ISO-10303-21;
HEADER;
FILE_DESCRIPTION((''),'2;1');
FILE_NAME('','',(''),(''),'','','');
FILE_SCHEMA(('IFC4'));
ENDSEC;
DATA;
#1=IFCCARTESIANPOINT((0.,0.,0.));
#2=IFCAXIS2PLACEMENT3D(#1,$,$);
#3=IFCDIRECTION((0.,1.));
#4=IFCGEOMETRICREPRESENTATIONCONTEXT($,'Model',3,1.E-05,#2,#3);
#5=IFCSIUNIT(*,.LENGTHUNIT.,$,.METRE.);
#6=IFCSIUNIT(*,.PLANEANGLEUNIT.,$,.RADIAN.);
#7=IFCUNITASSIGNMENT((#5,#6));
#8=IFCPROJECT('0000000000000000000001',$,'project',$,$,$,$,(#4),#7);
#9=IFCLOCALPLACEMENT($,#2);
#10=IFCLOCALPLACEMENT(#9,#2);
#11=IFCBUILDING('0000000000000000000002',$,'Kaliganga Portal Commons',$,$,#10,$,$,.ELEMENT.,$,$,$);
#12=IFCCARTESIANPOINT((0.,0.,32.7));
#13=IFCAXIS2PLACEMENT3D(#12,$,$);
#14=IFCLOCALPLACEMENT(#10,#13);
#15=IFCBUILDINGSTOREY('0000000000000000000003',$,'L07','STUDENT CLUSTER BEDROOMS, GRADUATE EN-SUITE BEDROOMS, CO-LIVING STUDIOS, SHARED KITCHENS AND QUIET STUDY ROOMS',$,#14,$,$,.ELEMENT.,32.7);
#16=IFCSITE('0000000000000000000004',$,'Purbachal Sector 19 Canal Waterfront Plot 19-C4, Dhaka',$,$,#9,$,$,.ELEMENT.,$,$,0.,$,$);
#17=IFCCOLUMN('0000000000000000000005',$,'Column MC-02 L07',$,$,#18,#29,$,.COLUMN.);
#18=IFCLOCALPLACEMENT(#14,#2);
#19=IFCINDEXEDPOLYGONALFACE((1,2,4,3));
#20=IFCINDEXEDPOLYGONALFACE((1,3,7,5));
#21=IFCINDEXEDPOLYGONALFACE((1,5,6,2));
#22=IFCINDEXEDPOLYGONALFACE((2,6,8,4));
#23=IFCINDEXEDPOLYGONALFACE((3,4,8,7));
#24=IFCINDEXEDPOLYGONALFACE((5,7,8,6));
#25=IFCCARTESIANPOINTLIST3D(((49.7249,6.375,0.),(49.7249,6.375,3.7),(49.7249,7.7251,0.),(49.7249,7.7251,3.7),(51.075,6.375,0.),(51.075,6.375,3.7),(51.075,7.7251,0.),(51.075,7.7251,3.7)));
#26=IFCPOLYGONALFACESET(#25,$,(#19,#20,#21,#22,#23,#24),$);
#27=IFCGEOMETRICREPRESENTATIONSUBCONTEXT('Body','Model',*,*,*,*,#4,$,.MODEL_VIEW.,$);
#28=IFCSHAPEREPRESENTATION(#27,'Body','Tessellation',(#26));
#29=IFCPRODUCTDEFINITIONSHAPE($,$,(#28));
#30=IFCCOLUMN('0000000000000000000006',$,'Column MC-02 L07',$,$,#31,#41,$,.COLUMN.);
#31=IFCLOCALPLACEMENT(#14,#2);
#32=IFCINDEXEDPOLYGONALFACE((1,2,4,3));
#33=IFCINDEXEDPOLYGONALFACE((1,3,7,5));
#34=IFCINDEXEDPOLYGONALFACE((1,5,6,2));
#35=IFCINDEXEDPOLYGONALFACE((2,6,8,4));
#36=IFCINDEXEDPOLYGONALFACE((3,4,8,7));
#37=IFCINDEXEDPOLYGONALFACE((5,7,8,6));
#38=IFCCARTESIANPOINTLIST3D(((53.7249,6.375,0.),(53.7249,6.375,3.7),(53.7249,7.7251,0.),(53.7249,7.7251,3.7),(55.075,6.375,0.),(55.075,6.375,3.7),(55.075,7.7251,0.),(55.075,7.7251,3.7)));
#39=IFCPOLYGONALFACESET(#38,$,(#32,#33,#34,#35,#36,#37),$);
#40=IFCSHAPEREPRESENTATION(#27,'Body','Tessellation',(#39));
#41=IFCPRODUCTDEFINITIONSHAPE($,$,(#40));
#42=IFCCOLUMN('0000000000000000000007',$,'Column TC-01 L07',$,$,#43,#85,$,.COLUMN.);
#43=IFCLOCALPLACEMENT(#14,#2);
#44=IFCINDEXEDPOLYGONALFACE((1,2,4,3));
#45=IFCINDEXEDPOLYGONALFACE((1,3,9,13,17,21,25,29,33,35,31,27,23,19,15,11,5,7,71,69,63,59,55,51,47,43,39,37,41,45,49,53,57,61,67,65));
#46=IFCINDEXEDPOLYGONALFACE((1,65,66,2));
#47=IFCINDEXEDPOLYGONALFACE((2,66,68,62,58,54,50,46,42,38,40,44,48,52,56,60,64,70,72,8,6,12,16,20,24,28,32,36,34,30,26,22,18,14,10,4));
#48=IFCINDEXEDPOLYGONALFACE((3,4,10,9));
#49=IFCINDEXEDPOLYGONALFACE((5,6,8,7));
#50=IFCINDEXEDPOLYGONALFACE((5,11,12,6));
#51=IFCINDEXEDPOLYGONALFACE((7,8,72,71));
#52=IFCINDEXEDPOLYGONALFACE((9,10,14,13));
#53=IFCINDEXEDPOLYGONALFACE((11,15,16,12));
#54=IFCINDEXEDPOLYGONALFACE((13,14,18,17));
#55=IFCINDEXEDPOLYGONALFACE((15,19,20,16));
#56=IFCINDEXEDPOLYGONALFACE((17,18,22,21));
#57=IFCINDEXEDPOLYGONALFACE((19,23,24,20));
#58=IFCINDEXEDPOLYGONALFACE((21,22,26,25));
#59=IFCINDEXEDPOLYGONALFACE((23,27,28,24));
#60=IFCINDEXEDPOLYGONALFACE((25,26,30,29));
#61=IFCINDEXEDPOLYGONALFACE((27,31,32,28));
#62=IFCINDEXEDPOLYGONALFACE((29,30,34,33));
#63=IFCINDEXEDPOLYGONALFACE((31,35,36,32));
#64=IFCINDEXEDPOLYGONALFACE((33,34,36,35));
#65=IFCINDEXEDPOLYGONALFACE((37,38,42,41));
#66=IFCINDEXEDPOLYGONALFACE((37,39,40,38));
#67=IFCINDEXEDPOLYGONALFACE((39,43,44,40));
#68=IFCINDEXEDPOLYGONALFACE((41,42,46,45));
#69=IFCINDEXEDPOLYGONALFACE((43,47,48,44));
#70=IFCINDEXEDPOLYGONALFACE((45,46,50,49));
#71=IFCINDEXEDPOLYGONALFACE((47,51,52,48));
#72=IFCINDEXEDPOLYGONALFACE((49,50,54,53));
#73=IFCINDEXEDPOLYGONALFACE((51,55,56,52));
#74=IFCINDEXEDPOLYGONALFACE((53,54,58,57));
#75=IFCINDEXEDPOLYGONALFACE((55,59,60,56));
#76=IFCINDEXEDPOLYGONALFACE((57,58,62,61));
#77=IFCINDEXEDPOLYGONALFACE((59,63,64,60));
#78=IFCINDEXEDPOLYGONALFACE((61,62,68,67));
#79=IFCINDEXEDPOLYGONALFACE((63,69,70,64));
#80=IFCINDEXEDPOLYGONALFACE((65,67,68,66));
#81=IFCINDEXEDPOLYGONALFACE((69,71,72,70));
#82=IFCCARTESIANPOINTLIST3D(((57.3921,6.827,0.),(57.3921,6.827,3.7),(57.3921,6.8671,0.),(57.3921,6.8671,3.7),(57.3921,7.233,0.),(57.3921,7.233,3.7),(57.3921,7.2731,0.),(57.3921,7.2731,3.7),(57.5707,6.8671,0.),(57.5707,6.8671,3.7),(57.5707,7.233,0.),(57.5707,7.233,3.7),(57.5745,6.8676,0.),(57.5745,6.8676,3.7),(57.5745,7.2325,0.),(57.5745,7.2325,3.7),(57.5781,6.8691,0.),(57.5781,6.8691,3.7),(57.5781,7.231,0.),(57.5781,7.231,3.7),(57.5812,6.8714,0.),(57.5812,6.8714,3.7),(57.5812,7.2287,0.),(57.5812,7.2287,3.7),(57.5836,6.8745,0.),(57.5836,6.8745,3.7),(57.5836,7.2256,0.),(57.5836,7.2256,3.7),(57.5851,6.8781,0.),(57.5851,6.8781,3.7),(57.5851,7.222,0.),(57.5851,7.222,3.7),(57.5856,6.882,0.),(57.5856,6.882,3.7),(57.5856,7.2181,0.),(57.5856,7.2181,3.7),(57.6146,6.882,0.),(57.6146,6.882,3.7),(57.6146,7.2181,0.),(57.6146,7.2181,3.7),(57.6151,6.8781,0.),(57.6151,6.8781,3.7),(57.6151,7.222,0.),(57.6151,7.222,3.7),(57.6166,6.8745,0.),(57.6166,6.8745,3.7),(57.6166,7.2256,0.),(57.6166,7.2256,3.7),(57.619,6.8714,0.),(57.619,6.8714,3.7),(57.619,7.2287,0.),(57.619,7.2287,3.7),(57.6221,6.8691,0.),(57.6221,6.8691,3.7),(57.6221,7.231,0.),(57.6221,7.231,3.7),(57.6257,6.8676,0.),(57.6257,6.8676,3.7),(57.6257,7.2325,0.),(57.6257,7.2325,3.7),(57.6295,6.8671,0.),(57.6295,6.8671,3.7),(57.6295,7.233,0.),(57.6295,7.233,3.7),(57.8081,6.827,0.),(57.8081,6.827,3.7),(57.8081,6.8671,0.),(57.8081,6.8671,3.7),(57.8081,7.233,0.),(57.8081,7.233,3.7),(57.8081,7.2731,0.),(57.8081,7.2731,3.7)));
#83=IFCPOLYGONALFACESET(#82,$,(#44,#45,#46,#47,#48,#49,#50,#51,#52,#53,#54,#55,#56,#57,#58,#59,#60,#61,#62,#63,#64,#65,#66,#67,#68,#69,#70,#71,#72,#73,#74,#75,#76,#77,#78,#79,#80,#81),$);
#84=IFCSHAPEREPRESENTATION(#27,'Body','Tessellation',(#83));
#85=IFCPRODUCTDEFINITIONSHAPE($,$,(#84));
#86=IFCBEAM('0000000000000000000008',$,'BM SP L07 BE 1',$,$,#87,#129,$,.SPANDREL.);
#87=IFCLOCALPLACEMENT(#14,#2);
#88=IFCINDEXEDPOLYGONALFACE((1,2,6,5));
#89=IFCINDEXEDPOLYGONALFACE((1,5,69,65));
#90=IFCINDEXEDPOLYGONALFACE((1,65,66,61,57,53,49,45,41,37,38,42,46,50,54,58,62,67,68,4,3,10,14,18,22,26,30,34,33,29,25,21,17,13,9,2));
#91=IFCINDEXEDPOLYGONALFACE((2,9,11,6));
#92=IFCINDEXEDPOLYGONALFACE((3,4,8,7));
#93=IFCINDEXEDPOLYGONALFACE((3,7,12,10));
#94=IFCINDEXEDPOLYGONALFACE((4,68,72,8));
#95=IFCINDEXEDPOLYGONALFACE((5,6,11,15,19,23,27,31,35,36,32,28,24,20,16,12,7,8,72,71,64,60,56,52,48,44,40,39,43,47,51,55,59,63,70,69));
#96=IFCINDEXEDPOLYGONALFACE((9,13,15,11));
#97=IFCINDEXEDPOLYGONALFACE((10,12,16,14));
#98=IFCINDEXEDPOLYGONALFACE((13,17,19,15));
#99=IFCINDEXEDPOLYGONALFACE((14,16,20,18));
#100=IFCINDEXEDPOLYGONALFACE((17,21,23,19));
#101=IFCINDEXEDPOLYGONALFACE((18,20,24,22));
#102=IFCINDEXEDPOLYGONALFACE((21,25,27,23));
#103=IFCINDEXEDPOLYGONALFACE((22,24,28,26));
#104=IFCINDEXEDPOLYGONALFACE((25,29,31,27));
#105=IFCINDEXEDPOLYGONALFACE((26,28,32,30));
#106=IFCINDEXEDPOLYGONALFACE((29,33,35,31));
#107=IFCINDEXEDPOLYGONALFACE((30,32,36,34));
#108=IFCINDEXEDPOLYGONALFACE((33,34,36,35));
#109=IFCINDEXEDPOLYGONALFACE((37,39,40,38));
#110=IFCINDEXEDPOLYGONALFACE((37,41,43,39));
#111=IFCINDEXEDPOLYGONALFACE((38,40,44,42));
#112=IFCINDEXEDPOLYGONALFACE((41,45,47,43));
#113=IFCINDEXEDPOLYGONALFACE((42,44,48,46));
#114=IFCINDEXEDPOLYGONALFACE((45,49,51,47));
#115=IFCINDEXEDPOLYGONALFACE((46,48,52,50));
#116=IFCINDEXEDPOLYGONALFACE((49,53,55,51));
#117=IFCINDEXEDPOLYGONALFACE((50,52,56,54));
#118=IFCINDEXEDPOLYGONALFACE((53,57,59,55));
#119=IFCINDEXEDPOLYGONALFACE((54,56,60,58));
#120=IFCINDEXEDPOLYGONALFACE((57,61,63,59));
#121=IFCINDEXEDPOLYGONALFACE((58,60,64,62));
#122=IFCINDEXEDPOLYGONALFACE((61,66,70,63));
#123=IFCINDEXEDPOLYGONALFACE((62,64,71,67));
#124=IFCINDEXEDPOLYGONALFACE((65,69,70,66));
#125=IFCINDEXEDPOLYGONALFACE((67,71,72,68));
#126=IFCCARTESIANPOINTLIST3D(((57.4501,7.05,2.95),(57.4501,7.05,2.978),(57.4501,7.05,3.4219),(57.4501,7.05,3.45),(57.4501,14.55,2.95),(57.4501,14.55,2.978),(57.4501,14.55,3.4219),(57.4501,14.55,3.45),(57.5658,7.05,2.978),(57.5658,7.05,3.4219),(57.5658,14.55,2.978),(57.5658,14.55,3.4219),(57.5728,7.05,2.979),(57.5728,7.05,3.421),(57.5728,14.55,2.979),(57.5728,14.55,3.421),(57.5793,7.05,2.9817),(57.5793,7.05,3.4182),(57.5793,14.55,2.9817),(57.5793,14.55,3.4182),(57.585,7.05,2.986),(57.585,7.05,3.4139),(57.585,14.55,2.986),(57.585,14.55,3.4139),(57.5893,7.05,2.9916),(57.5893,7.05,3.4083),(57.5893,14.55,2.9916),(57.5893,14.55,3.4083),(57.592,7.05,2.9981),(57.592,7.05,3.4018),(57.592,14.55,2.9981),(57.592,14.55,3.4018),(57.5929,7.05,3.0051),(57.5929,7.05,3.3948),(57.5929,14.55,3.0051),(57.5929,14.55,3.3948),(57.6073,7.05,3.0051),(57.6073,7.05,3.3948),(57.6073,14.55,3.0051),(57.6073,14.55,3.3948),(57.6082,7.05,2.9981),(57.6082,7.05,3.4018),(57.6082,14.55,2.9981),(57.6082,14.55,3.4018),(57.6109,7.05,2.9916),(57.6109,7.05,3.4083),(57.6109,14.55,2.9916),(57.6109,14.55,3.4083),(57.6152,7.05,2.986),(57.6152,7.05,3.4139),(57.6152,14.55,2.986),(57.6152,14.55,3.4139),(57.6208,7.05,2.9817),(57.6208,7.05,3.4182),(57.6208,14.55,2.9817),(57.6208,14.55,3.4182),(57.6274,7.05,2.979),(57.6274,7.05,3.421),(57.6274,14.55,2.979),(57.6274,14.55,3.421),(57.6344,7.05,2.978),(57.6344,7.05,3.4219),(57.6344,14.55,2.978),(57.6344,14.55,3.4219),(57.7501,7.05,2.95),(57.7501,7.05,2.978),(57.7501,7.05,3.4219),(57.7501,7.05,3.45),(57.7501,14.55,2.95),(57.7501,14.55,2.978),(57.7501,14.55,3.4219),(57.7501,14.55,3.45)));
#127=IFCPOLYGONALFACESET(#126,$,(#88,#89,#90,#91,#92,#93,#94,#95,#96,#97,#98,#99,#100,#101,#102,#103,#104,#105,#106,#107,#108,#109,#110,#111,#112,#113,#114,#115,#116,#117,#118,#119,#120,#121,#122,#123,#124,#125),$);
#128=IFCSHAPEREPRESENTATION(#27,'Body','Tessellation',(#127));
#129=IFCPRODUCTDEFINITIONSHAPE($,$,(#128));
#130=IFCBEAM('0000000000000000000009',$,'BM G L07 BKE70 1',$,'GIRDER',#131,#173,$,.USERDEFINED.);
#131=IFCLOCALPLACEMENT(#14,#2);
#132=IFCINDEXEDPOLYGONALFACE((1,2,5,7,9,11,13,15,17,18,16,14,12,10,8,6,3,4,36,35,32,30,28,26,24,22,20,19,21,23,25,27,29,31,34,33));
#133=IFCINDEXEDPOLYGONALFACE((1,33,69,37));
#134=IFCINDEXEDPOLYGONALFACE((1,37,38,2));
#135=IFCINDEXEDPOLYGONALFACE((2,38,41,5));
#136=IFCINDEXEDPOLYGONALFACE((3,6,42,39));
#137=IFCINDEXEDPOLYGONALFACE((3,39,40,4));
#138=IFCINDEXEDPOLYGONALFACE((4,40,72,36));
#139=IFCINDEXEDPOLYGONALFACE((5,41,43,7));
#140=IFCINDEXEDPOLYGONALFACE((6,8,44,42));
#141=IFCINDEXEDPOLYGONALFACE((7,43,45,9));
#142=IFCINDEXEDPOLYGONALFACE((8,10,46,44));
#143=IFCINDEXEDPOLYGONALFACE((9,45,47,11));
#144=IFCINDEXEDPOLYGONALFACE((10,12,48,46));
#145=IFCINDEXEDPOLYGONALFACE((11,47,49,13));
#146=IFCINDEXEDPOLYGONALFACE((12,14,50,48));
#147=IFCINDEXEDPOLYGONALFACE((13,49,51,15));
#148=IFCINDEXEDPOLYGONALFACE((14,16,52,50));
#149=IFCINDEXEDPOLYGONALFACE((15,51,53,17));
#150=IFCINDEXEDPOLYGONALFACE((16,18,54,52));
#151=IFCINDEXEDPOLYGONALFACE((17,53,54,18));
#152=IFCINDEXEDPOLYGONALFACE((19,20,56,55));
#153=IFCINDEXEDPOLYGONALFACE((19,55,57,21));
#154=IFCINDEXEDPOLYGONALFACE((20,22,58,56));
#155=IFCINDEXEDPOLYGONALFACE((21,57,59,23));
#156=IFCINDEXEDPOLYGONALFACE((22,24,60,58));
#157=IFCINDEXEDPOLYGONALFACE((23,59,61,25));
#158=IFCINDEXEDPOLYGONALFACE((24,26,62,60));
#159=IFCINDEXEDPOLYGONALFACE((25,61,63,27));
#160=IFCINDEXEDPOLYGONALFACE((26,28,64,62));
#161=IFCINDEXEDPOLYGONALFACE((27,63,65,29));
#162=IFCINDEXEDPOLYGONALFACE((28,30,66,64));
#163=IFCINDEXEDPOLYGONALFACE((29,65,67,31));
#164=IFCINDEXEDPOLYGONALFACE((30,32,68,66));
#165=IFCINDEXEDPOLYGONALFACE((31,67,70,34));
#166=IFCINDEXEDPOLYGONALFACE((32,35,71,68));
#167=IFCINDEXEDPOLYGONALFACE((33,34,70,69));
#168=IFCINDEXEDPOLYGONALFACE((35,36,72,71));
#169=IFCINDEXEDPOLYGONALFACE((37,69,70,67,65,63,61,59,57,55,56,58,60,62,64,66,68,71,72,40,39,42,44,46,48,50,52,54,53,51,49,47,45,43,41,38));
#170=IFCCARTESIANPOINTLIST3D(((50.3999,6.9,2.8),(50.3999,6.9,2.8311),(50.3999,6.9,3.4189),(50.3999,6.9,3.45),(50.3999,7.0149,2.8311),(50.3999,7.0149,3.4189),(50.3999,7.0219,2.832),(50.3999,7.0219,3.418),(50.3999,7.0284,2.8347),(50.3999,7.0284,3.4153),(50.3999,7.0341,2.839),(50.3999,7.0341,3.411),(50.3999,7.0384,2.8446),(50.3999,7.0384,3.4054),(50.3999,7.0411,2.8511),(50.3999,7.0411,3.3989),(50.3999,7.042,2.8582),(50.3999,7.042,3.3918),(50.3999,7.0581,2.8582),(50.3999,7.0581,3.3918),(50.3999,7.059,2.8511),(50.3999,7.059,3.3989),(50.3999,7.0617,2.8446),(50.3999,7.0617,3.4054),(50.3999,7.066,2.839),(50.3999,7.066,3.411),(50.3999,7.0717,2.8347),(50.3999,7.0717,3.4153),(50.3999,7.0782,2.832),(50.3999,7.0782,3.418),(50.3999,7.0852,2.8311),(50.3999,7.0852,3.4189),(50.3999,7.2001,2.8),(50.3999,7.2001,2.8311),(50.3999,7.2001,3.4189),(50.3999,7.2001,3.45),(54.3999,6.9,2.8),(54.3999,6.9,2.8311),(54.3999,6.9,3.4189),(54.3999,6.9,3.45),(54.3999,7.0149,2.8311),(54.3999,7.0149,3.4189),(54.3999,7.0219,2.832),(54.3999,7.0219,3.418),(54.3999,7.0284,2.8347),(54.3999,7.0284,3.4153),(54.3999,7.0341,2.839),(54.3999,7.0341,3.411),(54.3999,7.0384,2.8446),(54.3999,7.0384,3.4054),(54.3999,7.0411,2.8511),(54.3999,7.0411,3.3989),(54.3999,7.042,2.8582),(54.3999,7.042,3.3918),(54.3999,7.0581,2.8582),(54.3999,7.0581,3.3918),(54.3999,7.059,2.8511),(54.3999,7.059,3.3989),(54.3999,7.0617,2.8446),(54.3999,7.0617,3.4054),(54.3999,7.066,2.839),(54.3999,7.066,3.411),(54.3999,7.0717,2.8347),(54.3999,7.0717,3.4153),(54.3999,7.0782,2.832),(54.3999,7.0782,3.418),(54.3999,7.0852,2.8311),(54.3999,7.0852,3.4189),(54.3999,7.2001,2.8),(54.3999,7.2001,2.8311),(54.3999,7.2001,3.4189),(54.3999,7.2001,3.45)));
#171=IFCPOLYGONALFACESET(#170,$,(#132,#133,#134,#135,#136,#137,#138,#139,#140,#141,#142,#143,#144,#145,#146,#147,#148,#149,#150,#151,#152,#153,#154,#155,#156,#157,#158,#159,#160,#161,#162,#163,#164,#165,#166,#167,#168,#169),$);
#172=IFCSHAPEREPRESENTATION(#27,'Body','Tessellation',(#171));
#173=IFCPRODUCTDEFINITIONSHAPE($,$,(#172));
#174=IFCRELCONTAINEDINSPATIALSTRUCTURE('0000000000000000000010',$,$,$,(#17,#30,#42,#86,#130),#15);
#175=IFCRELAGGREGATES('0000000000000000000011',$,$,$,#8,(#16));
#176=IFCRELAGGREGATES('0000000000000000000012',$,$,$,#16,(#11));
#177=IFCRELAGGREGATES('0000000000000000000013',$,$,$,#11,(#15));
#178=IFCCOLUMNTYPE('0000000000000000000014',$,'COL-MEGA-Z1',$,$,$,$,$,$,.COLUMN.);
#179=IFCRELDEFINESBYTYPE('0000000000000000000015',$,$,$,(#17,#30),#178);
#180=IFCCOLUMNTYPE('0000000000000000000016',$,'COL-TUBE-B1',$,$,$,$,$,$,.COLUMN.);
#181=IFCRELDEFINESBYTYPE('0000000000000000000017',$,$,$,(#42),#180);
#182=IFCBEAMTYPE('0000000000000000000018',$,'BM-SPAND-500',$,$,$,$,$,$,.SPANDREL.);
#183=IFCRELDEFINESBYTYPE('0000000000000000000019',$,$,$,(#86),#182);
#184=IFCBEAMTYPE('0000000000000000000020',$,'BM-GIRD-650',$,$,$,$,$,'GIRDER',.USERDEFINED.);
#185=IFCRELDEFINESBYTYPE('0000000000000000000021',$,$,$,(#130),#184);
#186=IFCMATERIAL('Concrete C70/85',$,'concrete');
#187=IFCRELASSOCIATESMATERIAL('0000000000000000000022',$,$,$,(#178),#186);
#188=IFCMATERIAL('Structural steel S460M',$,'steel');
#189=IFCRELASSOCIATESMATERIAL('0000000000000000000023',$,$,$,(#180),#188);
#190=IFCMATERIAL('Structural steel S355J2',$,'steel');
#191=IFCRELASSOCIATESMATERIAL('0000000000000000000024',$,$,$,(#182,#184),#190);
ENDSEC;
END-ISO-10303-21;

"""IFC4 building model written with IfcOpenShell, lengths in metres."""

from ifc_helpers import new_model, si_unit, direction, frame, origin, origin_2d, place, context, subcontext, project, spatial, rectangle, i_section, extrude, source, transform, mapped, material, material_profile, profile_set, type_object, element, save


model = new_model("IFC4")

# Units and contexts
model_context = context("Model", 3, precision=1e-05, world=origin(), true_north=direction((0.0, 1.0)))
body_context = subcontext(model_context, "Body", "Model", "MODEL_VIEW")
ifc_project = project(units=[si_unit("LENGTHUNIT", "METRE"), si_unit("PLANEANGLEUNIT", "RADIAN")], contexts=[model_context])

# Site, building, storey
site_placement = place(None, origin())
site = spatial("IfcSite", under=ifc_project, at=site_placement, Name="Purbachal Sector 19 Canal Waterfront Plot 19-C4, Dhaka", CompositionType="ELEMENT", RefElevation=0.0)
building_placement = place(site_placement, origin())
building = spatial("IfcBuilding", under=site, at=building_placement, Name="Kaliganga Portal Commons", CompositionType="ELEMENT")
storey_placement = place(building_placement, frame((0.0, 0.0, 32.7)))
storey = spatial("IfcBuildingStorey", under=building, at=storey_placement, Name="L07", Description="STUDENT CLUSTER BEDROOMS, GRADUATE EN-SUITE BEDROOMS, CO-LIVING STUDIOS, SHARED KITCHENS AND QUIET STUDY ROOMS", CompositionType="ELEMENT", Elevation=32.7)

# Columns
ifc_material_1 = material(Name="Concrete C70/85", Category="concrete")
ifc_material_profile_1 = material_profile(ifc_material_1, rectangle(XDim=1.3501, YDim=1.3501, at=origin_2d()), Name="RC 1350x1350")
ifc_profile_set_1 = profile_set([ifc_material_profile_1], Name="Concrete C70/85")
column_type_1 = type_object("IfcColumnType", Name="COL-MEGA-Z1", PredefinedType="COLUMN", material=ifc_profile_set_1)
shared_shape_1 = source(origin(), body_context, "Body", "SweptSolid", [
    extrude(rectangle(XDim=1.3501, YDim=1.3501, at=origin_2d()), origin(), (0.0, 0.0, 1.0), 3.7),
])
for number, where, z_axis, x_axis, name in (
    (1, (50.3999, 7.05, 0.0), (0.0, 0.0, 1.0), (1.0, 0.0, 0.0), "Column MC-02 L07"),
    (2, (54.3999, 7.05, 0.0), (0.0, 0.0, 1.0), (1.0, 0.0, 0.0), "Column MC-02 L07"),
):
    element("IfcColumn", number, at=place(storey_placement, frame(where, z_axis=z_axis, x_axis=x_axis)), inside=storey, type_object=column_type_1, Name=name, PredefinedType="COLUMN", context=body_context, shape_type="MappedRepresentation", body=[
        mapped(shared_shape_1, transform((0.0, 0.0, 0.0), x_axis=(1.0, 0.0, 0.0), y_axis=(0.0, 1.0, 0.0), z_axis=(0.0, 0.0, 1.0), scale=1.0)),
    ])
ifc_material_2 = material(Name="Structural steel S460M", Category="steel")
ifc_material_profile_2 = material_profile(ifc_material_2, i_section(OverallWidth=0.416, OverallDepth=0.446, WebThickness=0.0291, FlangeThickness=0.04, FilletRadius=0.0149, at=origin_2d()), Name="HD 400x509")
ifc_profile_set_2 = profile_set([ifc_material_profile_2], Name="Structural steel S460M wide-flange")
column_type_2 = type_object("IfcColumnType", Name="COL-TUBE-B1", PredefinedType="COLUMN", material=ifc_profile_set_2)
shared_shape_2 = source(origin(), body_context, "Body", "SweptSolid", [
    extrude(i_section(OverallWidth=0.416, OverallDepth=0.446, WebThickness=0.0291, FlangeThickness=0.04, FilletRadius=0.0149, at=origin_2d()), origin(), (0.0, 0.0, 1.0), 3.7),
])
column_placement = place(storey_placement, frame((57.6001, 7.05, 0.0), z_axis=(0.0, 0.0, 1.0), x_axis=(1.0, 0.0, 0.0)))
element("IfcColumn", 3, at=column_placement, inside=storey, type_object=column_type_2, Name="Column TC-01 L07", PredefinedType="COLUMN", context=body_context, shape_type="MappedRepresentation", body=[
    mapped(shared_shape_2, transform((0.0, 0.0, 0.0), x_axis=(1.0, 0.0, 0.0), y_axis=(0.0, 1.0, 0.0), z_axis=(0.0, 0.0, 1.0), scale=1.0)),
])

# Beams
ifc_material_3 = material(Name="Structural steel S355J2", Category="steel")
ifc_material_profile_3 = material_profile(ifc_material_3, i_section(OverallWidth=0.3, OverallDepth=0.5, WebThickness=0.0144, FlangeThickness=0.0281, FilletRadius=0.0271, at=origin_2d()), Name="HE 500 B")
ifc_profile_set_3 = profile_set([ifc_material_profile_3], Name="Structural steel S355J2 wide-flange")
beam_type_1 = type_object("IfcBeamType", Name="BM-SPAND-500", PredefinedType="SPANDREL", material=ifc_profile_set_3)
shared_shape_3 = source(origin(), body_context, "Body", "SweptSolid", [
    extrude(i_section(OverallWidth=0.3, OverallDepth=0.5, WebThickness=0.0144, FlangeThickness=0.0281, FilletRadius=0.0271, at=origin_2d()), origin(), (0.0, 0.0, 1.0), 7.5),
])
beam_1_placement = place(storey_placement, frame((57.6001, 7.05, 3.2), z_axis=(0.0, 1.0, 0.0), x_axis=(-1.0, 0.0, 0.0)))
element("IfcBeam", 4, at=beam_1_placement, inside=storey, type_object=beam_type_1, Name="BM SP L07 BE 1", PredefinedType="SPANDREL", context=body_context, shape_type="MappedRepresentation", body=[
    mapped(shared_shape_3, transform((0.0, 0.0, 0.0), x_axis=(1.0, 0.0, 0.0), y_axis=(0.0, 1.0, 0.0), z_axis=(0.0, 0.0, 1.0), scale=1.0)),
])
ifc_material_profile_4 = material_profile(ifc_material_3, i_section(OverallWidth=0.3, OverallDepth=0.6499, WebThickness=0.0161, FlangeThickness=0.031, FilletRadius=0.0271, at=origin_2d()), Name="HE 650 B")
ifc_profile_set_4 = profile_set([ifc_material_profile_4], Name="Structural steel S355J2 wide-flange")
beam_type_2 = type_object("IfcBeamType", Name="BM-GIRD-650", ElementType="GIRDER", PredefinedType="USERDEFINED", material=ifc_profile_set_4)
shared_shape_4 = source(origin(), body_context, "Body", "SweptSolid", [
    extrude(i_section(OverallWidth=0.3, OverallDepth=0.6499, WebThickness=0.0161, FlangeThickness=0.031, FilletRadius=0.0271, at=origin_2d()), origin(), (0.0, 0.0, 1.0), 4.0),
])
beam_2_placement = place(storey_placement, frame((50.3999, 7.05, 3.125), z_axis=(1.0, 0.0, 0.0), x_axis=(0.0, 1.0, 0.0)))
element("IfcBeam", 5, at=beam_2_placement, inside=storey, type_object=beam_type_2, Name="BM G L07 BKE70 1", ObjectType="GIRDER", PredefinedType="USERDEFINED", context=body_context, shape_type="MappedRepresentation", body=[
    mapped(shared_shape_4, transform((0.0, 0.0, 0.0), x_axis=(1.0, 0.0, 0.0), y_axis=(0.0, 1.0, 0.0), z_axis=(0.0, 0.0, 1.0), scale=1.0)),
])

save(model, "model.ifc")
